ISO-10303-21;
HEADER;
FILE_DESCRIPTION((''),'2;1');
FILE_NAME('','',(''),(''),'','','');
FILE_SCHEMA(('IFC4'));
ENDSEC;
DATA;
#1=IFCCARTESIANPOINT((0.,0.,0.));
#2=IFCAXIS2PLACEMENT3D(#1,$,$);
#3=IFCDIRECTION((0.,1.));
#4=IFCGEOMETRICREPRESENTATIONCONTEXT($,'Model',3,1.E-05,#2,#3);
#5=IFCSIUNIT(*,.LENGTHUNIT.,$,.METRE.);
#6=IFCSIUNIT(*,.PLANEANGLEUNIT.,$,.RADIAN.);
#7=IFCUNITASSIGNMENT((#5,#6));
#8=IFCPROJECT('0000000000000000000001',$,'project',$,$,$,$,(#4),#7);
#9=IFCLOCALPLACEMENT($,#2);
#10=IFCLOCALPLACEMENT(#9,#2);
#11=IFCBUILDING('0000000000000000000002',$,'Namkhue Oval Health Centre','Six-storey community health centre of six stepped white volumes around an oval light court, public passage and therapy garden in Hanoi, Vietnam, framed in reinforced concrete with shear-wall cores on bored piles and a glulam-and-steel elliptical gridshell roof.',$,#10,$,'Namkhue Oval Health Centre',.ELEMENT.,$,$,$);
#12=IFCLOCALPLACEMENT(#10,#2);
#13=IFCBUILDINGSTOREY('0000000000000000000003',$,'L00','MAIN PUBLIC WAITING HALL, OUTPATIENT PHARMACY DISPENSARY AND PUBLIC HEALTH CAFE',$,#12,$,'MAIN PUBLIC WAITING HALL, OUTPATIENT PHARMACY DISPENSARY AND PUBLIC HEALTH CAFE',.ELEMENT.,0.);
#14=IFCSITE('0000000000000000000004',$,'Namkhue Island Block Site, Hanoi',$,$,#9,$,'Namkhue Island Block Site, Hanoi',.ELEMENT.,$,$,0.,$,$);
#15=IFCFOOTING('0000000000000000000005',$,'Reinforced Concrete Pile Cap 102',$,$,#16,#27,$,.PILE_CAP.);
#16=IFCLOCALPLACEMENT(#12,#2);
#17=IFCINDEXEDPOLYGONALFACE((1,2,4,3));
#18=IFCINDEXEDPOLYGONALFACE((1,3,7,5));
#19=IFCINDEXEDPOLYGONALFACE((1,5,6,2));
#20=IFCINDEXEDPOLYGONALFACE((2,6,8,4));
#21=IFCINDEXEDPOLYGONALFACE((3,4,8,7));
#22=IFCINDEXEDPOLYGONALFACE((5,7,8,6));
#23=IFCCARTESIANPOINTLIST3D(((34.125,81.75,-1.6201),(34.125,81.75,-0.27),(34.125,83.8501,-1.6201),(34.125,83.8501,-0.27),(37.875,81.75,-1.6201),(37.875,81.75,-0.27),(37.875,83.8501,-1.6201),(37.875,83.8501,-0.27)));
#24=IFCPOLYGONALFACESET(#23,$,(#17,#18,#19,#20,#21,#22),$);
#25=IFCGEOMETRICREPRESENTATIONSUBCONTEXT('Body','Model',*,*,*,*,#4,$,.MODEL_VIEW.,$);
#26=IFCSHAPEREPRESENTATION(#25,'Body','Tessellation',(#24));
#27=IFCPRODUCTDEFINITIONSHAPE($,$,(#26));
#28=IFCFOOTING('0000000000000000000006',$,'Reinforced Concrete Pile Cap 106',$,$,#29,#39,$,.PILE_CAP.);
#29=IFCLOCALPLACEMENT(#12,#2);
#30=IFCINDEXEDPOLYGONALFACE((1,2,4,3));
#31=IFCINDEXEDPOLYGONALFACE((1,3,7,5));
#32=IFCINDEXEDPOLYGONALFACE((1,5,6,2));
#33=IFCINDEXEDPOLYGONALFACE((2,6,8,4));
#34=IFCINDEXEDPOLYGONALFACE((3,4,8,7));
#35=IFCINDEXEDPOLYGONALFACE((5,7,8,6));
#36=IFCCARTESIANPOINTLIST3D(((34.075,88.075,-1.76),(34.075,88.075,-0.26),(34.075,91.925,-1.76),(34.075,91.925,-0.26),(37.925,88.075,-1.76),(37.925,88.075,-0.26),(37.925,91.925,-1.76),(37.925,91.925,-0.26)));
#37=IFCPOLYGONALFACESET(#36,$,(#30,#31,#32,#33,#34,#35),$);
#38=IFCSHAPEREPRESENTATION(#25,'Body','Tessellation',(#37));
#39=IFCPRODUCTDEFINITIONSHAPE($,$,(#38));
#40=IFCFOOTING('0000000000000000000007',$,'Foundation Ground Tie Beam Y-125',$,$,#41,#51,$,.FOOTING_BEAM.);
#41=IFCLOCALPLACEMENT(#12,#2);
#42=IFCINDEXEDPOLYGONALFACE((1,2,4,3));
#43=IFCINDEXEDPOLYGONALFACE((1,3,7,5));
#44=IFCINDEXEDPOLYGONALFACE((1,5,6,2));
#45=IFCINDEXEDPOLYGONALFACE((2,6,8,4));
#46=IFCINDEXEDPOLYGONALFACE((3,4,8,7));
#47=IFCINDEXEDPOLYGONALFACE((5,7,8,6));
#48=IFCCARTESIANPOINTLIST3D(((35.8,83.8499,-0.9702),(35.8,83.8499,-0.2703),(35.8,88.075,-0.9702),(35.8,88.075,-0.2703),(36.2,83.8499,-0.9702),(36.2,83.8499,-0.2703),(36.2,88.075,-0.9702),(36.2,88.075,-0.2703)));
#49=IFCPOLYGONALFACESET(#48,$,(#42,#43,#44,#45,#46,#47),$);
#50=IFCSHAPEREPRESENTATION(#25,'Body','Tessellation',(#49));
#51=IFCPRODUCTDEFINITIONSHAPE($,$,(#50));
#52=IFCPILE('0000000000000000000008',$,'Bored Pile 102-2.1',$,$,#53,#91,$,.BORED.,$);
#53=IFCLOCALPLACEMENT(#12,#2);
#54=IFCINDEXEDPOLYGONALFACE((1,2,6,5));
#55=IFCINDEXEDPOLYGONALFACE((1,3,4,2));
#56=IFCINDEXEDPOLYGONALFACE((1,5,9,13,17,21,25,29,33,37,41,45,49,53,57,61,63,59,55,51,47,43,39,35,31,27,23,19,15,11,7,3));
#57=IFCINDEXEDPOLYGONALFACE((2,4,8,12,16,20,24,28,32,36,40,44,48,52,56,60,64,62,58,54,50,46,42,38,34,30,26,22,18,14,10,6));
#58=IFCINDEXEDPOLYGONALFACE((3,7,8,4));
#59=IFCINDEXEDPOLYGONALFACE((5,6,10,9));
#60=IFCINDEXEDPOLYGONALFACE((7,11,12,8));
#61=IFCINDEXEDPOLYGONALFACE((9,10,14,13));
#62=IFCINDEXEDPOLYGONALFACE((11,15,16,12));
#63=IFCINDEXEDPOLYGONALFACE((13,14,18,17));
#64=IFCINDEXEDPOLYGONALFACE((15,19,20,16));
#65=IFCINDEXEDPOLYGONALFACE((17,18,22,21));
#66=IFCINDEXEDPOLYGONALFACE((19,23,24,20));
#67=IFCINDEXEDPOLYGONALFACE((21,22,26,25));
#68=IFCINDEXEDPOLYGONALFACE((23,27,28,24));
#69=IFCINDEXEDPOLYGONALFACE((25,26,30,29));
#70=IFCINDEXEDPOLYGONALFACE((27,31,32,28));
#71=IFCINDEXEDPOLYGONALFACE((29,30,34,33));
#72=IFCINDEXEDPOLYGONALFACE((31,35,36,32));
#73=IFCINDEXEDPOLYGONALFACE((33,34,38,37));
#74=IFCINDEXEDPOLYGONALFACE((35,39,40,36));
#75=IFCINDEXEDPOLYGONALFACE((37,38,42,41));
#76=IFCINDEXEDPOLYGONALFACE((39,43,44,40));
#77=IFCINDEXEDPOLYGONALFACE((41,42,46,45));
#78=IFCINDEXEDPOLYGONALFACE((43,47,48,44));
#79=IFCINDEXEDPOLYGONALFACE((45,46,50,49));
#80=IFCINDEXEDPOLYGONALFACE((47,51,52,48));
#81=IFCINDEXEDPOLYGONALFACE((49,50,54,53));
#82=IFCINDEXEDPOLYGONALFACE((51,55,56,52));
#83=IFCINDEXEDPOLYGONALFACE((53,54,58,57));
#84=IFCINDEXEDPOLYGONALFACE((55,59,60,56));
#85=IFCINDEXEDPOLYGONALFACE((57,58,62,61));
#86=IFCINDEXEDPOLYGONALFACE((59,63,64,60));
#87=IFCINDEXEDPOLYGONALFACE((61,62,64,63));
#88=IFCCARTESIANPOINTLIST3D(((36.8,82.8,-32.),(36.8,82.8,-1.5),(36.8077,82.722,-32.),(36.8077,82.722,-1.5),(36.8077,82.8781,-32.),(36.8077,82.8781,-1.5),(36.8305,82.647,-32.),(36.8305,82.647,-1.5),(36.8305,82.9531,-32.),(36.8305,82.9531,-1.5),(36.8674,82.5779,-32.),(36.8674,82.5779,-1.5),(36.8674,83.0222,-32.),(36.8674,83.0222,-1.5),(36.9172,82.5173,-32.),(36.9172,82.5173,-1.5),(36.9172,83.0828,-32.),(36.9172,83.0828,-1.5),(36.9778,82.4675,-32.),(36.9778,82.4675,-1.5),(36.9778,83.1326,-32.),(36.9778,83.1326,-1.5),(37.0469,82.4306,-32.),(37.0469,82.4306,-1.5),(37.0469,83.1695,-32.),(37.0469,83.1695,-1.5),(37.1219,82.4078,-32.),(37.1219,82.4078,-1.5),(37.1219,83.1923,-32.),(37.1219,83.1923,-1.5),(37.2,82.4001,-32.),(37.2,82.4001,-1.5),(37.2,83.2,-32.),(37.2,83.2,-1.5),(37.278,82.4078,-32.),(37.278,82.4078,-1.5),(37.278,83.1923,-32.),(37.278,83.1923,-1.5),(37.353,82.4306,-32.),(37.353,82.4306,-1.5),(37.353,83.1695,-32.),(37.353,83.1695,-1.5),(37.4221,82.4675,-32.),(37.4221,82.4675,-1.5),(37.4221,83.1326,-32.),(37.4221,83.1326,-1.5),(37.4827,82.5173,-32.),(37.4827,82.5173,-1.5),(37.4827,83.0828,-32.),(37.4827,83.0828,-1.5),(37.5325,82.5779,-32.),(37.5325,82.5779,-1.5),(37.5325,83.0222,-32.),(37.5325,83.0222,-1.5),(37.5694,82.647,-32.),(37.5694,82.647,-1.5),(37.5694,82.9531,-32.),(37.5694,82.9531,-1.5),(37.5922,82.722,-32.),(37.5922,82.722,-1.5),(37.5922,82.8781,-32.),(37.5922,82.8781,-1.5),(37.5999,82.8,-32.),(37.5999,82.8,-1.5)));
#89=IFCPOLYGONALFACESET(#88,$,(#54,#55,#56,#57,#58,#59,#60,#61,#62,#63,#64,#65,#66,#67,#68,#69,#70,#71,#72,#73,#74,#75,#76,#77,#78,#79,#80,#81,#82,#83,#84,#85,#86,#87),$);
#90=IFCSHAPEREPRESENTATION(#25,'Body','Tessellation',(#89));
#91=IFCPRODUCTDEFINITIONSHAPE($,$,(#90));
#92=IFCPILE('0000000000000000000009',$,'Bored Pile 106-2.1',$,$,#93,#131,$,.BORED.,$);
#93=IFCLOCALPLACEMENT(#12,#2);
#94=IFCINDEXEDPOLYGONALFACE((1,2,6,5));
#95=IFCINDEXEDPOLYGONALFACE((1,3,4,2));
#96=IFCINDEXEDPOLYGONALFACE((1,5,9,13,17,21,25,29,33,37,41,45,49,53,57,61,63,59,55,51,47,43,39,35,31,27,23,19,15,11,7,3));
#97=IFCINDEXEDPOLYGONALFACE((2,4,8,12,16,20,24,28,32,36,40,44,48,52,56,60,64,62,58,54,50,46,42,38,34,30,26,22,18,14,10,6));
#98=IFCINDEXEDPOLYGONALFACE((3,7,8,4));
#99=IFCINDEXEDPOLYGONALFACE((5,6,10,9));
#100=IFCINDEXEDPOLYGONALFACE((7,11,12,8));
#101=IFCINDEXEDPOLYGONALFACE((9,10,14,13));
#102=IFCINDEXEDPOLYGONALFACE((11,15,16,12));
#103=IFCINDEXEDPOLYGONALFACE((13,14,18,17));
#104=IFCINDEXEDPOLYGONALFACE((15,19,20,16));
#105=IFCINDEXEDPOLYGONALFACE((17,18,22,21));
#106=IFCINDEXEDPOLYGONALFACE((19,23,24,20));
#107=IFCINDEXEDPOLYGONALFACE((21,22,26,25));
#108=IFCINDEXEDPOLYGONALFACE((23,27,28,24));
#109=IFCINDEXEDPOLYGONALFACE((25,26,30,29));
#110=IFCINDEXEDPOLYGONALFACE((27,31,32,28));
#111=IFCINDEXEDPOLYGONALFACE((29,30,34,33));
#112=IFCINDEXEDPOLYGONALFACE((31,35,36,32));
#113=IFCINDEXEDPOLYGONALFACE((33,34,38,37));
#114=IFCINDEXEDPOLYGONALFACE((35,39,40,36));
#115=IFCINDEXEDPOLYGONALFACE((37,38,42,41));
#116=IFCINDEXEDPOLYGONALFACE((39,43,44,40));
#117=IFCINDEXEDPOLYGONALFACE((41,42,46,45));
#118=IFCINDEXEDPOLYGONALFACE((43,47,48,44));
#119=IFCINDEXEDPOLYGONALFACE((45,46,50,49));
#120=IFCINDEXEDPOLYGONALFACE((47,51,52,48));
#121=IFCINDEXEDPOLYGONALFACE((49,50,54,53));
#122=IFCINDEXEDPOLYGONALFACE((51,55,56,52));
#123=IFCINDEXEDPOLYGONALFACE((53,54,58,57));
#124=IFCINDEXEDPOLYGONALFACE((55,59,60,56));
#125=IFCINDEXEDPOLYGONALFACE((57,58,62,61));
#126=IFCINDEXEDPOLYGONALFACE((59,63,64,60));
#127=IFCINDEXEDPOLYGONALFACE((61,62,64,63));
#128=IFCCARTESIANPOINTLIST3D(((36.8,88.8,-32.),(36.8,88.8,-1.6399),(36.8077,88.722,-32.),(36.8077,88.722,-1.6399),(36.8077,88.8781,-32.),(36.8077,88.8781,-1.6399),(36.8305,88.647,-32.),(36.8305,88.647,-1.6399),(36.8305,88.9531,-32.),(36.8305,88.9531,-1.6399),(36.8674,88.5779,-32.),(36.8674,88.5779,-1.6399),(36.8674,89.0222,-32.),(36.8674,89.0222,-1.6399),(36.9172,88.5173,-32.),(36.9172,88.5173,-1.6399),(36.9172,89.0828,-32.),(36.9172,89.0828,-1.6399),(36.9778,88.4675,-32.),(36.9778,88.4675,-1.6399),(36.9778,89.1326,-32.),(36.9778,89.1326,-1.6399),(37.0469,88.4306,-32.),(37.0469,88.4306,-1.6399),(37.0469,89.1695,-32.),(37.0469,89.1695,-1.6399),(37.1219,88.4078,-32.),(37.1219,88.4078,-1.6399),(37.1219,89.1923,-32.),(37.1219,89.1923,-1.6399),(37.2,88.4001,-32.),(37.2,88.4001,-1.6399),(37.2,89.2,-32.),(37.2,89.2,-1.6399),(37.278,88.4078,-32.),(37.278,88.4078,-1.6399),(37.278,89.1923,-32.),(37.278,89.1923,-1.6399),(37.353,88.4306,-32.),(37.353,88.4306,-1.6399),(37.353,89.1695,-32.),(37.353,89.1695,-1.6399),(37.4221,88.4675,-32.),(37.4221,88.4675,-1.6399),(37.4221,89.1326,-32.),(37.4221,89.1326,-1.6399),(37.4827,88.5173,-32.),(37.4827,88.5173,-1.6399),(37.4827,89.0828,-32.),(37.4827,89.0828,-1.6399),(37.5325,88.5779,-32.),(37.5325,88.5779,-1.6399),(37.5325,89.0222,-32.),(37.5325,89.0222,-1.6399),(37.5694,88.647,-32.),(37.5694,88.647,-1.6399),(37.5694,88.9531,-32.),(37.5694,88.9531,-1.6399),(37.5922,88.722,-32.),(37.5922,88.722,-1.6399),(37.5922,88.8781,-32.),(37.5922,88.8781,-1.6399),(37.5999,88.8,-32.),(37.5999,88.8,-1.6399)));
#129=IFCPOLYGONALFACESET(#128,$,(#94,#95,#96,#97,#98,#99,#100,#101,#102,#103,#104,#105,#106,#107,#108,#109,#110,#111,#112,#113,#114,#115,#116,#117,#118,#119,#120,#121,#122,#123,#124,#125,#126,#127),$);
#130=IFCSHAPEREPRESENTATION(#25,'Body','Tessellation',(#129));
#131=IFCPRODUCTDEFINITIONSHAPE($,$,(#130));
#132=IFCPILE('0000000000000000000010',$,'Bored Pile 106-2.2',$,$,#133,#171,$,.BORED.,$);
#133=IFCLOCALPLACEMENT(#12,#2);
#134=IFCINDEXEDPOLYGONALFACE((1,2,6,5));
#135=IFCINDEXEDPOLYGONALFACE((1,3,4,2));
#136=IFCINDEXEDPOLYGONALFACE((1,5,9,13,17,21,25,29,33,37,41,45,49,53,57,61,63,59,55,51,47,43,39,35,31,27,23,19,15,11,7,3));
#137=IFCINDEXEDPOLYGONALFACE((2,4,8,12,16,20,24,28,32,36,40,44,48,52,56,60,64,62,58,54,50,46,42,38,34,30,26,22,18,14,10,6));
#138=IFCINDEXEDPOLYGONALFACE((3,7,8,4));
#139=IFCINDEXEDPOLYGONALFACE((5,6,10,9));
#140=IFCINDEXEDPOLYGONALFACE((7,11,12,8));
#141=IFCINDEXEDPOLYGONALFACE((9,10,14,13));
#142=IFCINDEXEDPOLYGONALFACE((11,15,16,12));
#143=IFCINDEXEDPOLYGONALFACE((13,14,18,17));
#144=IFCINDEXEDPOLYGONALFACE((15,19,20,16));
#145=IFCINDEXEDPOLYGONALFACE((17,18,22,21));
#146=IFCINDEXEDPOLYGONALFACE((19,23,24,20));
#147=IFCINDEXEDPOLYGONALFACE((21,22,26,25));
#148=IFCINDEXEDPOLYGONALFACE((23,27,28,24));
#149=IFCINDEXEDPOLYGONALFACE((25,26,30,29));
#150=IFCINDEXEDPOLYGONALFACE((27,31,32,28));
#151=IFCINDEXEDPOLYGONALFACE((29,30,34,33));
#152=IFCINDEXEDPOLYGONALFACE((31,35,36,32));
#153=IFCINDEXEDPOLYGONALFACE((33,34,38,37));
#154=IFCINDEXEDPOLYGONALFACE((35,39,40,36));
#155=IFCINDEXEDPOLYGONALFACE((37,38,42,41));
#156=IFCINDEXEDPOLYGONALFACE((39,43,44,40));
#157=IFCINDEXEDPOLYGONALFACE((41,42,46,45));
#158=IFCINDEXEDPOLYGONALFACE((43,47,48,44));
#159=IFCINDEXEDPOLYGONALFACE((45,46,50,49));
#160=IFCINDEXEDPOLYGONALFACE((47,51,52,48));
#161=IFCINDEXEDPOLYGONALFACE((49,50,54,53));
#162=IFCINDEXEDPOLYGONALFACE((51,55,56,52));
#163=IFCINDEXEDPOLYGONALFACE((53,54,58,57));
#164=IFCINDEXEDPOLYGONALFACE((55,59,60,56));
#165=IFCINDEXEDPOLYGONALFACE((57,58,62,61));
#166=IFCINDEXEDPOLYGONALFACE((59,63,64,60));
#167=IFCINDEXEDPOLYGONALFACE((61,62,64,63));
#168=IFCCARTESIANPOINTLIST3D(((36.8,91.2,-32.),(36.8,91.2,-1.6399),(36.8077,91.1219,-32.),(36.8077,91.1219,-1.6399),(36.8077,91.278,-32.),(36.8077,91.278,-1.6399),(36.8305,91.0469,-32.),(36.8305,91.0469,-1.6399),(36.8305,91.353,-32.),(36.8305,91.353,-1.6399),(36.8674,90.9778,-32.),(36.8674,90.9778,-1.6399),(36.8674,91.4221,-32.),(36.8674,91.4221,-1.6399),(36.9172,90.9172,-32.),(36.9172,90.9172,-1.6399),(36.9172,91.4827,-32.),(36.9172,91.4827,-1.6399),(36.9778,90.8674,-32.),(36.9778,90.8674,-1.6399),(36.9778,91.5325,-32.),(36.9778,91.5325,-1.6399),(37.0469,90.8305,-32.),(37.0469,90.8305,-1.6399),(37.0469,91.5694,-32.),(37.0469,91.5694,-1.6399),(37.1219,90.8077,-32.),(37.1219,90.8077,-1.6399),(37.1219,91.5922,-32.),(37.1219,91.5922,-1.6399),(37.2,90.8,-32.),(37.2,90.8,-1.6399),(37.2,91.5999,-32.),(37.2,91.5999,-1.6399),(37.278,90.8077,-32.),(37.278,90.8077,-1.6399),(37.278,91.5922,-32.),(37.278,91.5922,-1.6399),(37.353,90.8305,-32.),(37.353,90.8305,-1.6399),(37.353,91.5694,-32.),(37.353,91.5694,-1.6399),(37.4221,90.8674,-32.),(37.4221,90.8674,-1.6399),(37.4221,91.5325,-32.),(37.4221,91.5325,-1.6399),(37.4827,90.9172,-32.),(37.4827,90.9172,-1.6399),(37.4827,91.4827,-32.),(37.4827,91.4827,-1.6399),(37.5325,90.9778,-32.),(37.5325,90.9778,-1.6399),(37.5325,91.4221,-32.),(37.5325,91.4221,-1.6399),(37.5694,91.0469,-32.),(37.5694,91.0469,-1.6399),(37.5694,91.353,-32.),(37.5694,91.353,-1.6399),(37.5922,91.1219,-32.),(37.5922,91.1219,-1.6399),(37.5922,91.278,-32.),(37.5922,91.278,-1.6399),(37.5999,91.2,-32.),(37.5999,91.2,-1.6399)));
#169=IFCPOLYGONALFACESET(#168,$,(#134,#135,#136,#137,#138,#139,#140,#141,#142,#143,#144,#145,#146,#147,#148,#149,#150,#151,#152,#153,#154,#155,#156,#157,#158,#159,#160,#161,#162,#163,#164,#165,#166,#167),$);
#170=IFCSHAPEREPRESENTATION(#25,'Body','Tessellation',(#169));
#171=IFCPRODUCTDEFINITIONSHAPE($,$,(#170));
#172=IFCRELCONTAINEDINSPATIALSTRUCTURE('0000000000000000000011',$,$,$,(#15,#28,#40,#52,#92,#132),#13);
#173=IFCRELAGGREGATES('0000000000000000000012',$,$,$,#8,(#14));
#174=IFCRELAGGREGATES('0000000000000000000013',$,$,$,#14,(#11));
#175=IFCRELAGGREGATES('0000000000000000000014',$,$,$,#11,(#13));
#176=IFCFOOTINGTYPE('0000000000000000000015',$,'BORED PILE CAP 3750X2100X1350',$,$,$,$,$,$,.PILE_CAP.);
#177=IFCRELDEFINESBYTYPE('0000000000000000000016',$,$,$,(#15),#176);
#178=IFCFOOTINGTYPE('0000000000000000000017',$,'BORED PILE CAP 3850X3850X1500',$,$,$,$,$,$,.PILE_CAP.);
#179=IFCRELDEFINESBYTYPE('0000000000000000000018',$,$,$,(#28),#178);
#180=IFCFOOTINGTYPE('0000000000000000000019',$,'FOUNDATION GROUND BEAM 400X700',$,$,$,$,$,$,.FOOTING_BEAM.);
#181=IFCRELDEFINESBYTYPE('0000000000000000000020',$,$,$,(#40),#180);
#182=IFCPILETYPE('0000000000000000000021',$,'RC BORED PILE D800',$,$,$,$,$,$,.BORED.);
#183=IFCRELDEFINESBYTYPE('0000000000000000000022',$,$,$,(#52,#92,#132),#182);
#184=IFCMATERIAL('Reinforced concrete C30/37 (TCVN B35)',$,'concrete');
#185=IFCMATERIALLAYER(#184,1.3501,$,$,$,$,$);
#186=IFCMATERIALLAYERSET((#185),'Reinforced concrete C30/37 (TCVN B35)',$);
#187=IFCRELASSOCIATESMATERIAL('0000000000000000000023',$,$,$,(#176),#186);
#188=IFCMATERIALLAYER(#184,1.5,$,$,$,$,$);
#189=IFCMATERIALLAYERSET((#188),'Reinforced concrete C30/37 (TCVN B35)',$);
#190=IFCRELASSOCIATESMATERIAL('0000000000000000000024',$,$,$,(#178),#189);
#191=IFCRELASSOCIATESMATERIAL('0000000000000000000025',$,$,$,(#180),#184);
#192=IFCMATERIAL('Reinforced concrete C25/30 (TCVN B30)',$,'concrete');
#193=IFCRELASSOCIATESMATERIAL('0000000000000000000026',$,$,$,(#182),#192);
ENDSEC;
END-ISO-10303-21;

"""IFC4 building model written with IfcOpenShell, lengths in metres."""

from ifc_helpers import new_model, si_unit, direction, frame, origin, origin_2d, place, context, subcontext, project, spatial, rectangle, circle, extrude, material, layer, layer_set, material_profile, profile_set, type_object, element, save


model = new_model("IFC4")

# Units and contexts
model_context = context("Model", 3, precision=1e-05, world=origin(), true_north=direction((0.0, 1.0)))
body_context = subcontext(model_context, "Body", "Model", "MODEL_VIEW")
ifc_project = project(units=[si_unit("LENGTHUNIT", "METRE"), si_unit("PLANEANGLEUNIT", "RADIAN")], contexts=[model_context])

# Site, building, storey
site_placement = place(None, origin())
site = spatial("IfcSite", under=ifc_project, at=site_placement, Name="Namkhue Island Block Site, Hanoi", LongName="Namkhue Island Block Site, Hanoi", CompositionType="ELEMENT", RefElevation=0.0)
building_placement = place(site_placement, origin())
building = spatial("IfcBuilding", under=site, at=building_placement, Name="Namkhue Oval Health Centre", Description="Six-storey community health centre of six stepped white volumes around an oval light court, public passage and therapy garden in Hanoi, Vietnam, framed in reinforced concrete with shear-wall cores on bored piles and a glulam-and-steel elliptical gridshell roof.", LongName="Namkhue Oval Health Centre", CompositionType="ELEMENT")
storey_placement = place(building_placement, origin())
storey = spatial("IfcBuildingStorey", under=building, at=storey_placement, Name="L00", Description="MAIN PUBLIC WAITING HALL, OUTPATIENT PHARMACY DISPENSARY AND PUBLIC HEALTH CAFE", LongName="MAIN PUBLIC WAITING HALL, OUTPATIENT PHARMACY DISPENSARY AND PUBLIC HEALTH CAFE", CompositionType="ELEMENT", Elevation=0.0)

# Footings
ifc_material_1 = material(Name="Reinforced concrete C30/37 (TCVN B35)", Category="concrete")
ifc_layer_1 = layer(ifc_material_1, 1.3501)
ifc_layer_set_1 = layer_set([ifc_layer_1], Name="Reinforced concrete C30/37 (TCVN B35)")
footing_type_1 = type_object("IfcFootingType", Name="BORED PILE CAP 3750X2100X1350", PredefinedType="PILE_CAP", material=ifc_layer_set_1)
footing_1_placement = place(storey_placement, frame((36.0, 82.8, -1.6201), z_axis=(0.0, 0.0, 1.0), x_axis=(1.0, 0.0, 0.0)))
element("IfcFooting", 1, at=footing_1_placement, inside=storey, type_object=footing_type_1, Name="Reinforced Concrete Pile Cap 102", PredefinedType="PILE_CAP", context=body_context, shape_type="SweptSolid", body=[
    extrude(rectangle(XDim=3.75, YDim=2.1001, at=origin_2d()), origin(), (0.0, 0.0, 1.0), 1.3501),
])
ifc_layer_2 = layer(ifc_material_1, 1.5)
ifc_layer_set_2 = layer_set([ifc_layer_2], Name="Reinforced concrete C30/37 (TCVN B35)")
footing_type_2 = type_object("IfcFootingType", Name="BORED PILE CAP 3850X3850X1500", PredefinedType="PILE_CAP", material=ifc_layer_set_2)
footing_2_placement = place(storey_placement, frame((36.0, 90.0, -1.76), z_axis=(0.0, 0.0, 1.0), x_axis=(1.0, 0.0, 0.0)))
element("IfcFooting", 2, at=footing_2_placement, inside=storey, type_object=footing_type_2, Name="Reinforced Concrete Pile Cap 106", PredefinedType="PILE_CAP", context=body_context, shape_type="SweptSolid", body=[
    extrude(rectangle(XDim=3.8501, YDim=3.8501, at=origin_2d()), origin(), (0.0, 0.0, 1.0), 1.5),
])
footing_type_3 = type_object("IfcFootingType", Name="FOUNDATION GROUND BEAM 400X700", PredefinedType="FOOTING_BEAM", material=ifc_material_1)
footing_3_placement = place(storey_placement, frame((36.0, 85.9624, -0.9702), z_axis=(0.0, 0.0, 1.0), x_axis=(0.0, 1.0, 0.0)))
element("IfcFooting", 3, at=footing_3_placement, inside=storey, type_object=footing_type_3, Name="Foundation Ground Tie Beam Y-125", PredefinedType="FOOTING_BEAM", context=body_context, shape_type="SweptSolid", body=[
    extrude(rectangle(XDim=4.2251, YDim=0.3999, at=origin_2d()), origin(), (0.0, 0.0, 1.0), 0.7),
])

# Piles
ifc_material_2 = material(Name="Reinforced concrete C25/30 (TCVN B30)", Category="concrete")
ifc_material_profile_1 = material_profile(ifc_material_2, circle(Radius=0.3999, at=origin_2d()), Name="BORED PILE D800")
ifc_profile_set_1 = profile_set([ifc_material_profile_1], Name="Reinforced concrete C25/30 (TCVN B30)")
pile_type = type_object("IfcPileType", Name="RC BORED PILE D800", PredefinedType="BORED", material=ifc_profile_set_1)
pile_placement = place(storey_placement, frame((37.2, 82.8, -1.5), z_axis=(0.0, 0.0, -1.0), x_axis=(1.0, 0.0, 0.0)))
element("IfcPile", 4, at=pile_placement, inside=storey, type_object=pile_type, Name="Bored Pile 102-2.1", PredefinedType="BORED", context=body_context, shape_type="SweptSolid", body=[
    extrude(circle(Radius=0.3999, at=origin_2d()), origin(), (0.0, 0.0, 1.0), 30.5),
])
for number, where, z_axis, x_axis, name in (
    (5, (37.2, 88.8, -1.6399), (0.0, 0.0, -1.0), (1.0, 0.0, 0.0), "Bored Pile 106-2.1"),
    (6, (37.2, 91.2, -1.6399), (0.0, 0.0, -1.0), (1.0, 0.0, 0.0), "Bored Pile 106-2.2"),
):
    element("IfcPile", number, at=place(storey_placement, frame(where, z_axis=z_axis, x_axis=x_axis)), inside=storey, type_object=pile_type, Name=name, PredefinedType="BORED", context=body_context, shape_type="SweptSolid", body=[
        extrude(circle(Radius=0.3999, at=origin_2d()), origin(), (0.0, 0.0, 1.0), 30.3601),
    ])

save(model, "model.ifc")
